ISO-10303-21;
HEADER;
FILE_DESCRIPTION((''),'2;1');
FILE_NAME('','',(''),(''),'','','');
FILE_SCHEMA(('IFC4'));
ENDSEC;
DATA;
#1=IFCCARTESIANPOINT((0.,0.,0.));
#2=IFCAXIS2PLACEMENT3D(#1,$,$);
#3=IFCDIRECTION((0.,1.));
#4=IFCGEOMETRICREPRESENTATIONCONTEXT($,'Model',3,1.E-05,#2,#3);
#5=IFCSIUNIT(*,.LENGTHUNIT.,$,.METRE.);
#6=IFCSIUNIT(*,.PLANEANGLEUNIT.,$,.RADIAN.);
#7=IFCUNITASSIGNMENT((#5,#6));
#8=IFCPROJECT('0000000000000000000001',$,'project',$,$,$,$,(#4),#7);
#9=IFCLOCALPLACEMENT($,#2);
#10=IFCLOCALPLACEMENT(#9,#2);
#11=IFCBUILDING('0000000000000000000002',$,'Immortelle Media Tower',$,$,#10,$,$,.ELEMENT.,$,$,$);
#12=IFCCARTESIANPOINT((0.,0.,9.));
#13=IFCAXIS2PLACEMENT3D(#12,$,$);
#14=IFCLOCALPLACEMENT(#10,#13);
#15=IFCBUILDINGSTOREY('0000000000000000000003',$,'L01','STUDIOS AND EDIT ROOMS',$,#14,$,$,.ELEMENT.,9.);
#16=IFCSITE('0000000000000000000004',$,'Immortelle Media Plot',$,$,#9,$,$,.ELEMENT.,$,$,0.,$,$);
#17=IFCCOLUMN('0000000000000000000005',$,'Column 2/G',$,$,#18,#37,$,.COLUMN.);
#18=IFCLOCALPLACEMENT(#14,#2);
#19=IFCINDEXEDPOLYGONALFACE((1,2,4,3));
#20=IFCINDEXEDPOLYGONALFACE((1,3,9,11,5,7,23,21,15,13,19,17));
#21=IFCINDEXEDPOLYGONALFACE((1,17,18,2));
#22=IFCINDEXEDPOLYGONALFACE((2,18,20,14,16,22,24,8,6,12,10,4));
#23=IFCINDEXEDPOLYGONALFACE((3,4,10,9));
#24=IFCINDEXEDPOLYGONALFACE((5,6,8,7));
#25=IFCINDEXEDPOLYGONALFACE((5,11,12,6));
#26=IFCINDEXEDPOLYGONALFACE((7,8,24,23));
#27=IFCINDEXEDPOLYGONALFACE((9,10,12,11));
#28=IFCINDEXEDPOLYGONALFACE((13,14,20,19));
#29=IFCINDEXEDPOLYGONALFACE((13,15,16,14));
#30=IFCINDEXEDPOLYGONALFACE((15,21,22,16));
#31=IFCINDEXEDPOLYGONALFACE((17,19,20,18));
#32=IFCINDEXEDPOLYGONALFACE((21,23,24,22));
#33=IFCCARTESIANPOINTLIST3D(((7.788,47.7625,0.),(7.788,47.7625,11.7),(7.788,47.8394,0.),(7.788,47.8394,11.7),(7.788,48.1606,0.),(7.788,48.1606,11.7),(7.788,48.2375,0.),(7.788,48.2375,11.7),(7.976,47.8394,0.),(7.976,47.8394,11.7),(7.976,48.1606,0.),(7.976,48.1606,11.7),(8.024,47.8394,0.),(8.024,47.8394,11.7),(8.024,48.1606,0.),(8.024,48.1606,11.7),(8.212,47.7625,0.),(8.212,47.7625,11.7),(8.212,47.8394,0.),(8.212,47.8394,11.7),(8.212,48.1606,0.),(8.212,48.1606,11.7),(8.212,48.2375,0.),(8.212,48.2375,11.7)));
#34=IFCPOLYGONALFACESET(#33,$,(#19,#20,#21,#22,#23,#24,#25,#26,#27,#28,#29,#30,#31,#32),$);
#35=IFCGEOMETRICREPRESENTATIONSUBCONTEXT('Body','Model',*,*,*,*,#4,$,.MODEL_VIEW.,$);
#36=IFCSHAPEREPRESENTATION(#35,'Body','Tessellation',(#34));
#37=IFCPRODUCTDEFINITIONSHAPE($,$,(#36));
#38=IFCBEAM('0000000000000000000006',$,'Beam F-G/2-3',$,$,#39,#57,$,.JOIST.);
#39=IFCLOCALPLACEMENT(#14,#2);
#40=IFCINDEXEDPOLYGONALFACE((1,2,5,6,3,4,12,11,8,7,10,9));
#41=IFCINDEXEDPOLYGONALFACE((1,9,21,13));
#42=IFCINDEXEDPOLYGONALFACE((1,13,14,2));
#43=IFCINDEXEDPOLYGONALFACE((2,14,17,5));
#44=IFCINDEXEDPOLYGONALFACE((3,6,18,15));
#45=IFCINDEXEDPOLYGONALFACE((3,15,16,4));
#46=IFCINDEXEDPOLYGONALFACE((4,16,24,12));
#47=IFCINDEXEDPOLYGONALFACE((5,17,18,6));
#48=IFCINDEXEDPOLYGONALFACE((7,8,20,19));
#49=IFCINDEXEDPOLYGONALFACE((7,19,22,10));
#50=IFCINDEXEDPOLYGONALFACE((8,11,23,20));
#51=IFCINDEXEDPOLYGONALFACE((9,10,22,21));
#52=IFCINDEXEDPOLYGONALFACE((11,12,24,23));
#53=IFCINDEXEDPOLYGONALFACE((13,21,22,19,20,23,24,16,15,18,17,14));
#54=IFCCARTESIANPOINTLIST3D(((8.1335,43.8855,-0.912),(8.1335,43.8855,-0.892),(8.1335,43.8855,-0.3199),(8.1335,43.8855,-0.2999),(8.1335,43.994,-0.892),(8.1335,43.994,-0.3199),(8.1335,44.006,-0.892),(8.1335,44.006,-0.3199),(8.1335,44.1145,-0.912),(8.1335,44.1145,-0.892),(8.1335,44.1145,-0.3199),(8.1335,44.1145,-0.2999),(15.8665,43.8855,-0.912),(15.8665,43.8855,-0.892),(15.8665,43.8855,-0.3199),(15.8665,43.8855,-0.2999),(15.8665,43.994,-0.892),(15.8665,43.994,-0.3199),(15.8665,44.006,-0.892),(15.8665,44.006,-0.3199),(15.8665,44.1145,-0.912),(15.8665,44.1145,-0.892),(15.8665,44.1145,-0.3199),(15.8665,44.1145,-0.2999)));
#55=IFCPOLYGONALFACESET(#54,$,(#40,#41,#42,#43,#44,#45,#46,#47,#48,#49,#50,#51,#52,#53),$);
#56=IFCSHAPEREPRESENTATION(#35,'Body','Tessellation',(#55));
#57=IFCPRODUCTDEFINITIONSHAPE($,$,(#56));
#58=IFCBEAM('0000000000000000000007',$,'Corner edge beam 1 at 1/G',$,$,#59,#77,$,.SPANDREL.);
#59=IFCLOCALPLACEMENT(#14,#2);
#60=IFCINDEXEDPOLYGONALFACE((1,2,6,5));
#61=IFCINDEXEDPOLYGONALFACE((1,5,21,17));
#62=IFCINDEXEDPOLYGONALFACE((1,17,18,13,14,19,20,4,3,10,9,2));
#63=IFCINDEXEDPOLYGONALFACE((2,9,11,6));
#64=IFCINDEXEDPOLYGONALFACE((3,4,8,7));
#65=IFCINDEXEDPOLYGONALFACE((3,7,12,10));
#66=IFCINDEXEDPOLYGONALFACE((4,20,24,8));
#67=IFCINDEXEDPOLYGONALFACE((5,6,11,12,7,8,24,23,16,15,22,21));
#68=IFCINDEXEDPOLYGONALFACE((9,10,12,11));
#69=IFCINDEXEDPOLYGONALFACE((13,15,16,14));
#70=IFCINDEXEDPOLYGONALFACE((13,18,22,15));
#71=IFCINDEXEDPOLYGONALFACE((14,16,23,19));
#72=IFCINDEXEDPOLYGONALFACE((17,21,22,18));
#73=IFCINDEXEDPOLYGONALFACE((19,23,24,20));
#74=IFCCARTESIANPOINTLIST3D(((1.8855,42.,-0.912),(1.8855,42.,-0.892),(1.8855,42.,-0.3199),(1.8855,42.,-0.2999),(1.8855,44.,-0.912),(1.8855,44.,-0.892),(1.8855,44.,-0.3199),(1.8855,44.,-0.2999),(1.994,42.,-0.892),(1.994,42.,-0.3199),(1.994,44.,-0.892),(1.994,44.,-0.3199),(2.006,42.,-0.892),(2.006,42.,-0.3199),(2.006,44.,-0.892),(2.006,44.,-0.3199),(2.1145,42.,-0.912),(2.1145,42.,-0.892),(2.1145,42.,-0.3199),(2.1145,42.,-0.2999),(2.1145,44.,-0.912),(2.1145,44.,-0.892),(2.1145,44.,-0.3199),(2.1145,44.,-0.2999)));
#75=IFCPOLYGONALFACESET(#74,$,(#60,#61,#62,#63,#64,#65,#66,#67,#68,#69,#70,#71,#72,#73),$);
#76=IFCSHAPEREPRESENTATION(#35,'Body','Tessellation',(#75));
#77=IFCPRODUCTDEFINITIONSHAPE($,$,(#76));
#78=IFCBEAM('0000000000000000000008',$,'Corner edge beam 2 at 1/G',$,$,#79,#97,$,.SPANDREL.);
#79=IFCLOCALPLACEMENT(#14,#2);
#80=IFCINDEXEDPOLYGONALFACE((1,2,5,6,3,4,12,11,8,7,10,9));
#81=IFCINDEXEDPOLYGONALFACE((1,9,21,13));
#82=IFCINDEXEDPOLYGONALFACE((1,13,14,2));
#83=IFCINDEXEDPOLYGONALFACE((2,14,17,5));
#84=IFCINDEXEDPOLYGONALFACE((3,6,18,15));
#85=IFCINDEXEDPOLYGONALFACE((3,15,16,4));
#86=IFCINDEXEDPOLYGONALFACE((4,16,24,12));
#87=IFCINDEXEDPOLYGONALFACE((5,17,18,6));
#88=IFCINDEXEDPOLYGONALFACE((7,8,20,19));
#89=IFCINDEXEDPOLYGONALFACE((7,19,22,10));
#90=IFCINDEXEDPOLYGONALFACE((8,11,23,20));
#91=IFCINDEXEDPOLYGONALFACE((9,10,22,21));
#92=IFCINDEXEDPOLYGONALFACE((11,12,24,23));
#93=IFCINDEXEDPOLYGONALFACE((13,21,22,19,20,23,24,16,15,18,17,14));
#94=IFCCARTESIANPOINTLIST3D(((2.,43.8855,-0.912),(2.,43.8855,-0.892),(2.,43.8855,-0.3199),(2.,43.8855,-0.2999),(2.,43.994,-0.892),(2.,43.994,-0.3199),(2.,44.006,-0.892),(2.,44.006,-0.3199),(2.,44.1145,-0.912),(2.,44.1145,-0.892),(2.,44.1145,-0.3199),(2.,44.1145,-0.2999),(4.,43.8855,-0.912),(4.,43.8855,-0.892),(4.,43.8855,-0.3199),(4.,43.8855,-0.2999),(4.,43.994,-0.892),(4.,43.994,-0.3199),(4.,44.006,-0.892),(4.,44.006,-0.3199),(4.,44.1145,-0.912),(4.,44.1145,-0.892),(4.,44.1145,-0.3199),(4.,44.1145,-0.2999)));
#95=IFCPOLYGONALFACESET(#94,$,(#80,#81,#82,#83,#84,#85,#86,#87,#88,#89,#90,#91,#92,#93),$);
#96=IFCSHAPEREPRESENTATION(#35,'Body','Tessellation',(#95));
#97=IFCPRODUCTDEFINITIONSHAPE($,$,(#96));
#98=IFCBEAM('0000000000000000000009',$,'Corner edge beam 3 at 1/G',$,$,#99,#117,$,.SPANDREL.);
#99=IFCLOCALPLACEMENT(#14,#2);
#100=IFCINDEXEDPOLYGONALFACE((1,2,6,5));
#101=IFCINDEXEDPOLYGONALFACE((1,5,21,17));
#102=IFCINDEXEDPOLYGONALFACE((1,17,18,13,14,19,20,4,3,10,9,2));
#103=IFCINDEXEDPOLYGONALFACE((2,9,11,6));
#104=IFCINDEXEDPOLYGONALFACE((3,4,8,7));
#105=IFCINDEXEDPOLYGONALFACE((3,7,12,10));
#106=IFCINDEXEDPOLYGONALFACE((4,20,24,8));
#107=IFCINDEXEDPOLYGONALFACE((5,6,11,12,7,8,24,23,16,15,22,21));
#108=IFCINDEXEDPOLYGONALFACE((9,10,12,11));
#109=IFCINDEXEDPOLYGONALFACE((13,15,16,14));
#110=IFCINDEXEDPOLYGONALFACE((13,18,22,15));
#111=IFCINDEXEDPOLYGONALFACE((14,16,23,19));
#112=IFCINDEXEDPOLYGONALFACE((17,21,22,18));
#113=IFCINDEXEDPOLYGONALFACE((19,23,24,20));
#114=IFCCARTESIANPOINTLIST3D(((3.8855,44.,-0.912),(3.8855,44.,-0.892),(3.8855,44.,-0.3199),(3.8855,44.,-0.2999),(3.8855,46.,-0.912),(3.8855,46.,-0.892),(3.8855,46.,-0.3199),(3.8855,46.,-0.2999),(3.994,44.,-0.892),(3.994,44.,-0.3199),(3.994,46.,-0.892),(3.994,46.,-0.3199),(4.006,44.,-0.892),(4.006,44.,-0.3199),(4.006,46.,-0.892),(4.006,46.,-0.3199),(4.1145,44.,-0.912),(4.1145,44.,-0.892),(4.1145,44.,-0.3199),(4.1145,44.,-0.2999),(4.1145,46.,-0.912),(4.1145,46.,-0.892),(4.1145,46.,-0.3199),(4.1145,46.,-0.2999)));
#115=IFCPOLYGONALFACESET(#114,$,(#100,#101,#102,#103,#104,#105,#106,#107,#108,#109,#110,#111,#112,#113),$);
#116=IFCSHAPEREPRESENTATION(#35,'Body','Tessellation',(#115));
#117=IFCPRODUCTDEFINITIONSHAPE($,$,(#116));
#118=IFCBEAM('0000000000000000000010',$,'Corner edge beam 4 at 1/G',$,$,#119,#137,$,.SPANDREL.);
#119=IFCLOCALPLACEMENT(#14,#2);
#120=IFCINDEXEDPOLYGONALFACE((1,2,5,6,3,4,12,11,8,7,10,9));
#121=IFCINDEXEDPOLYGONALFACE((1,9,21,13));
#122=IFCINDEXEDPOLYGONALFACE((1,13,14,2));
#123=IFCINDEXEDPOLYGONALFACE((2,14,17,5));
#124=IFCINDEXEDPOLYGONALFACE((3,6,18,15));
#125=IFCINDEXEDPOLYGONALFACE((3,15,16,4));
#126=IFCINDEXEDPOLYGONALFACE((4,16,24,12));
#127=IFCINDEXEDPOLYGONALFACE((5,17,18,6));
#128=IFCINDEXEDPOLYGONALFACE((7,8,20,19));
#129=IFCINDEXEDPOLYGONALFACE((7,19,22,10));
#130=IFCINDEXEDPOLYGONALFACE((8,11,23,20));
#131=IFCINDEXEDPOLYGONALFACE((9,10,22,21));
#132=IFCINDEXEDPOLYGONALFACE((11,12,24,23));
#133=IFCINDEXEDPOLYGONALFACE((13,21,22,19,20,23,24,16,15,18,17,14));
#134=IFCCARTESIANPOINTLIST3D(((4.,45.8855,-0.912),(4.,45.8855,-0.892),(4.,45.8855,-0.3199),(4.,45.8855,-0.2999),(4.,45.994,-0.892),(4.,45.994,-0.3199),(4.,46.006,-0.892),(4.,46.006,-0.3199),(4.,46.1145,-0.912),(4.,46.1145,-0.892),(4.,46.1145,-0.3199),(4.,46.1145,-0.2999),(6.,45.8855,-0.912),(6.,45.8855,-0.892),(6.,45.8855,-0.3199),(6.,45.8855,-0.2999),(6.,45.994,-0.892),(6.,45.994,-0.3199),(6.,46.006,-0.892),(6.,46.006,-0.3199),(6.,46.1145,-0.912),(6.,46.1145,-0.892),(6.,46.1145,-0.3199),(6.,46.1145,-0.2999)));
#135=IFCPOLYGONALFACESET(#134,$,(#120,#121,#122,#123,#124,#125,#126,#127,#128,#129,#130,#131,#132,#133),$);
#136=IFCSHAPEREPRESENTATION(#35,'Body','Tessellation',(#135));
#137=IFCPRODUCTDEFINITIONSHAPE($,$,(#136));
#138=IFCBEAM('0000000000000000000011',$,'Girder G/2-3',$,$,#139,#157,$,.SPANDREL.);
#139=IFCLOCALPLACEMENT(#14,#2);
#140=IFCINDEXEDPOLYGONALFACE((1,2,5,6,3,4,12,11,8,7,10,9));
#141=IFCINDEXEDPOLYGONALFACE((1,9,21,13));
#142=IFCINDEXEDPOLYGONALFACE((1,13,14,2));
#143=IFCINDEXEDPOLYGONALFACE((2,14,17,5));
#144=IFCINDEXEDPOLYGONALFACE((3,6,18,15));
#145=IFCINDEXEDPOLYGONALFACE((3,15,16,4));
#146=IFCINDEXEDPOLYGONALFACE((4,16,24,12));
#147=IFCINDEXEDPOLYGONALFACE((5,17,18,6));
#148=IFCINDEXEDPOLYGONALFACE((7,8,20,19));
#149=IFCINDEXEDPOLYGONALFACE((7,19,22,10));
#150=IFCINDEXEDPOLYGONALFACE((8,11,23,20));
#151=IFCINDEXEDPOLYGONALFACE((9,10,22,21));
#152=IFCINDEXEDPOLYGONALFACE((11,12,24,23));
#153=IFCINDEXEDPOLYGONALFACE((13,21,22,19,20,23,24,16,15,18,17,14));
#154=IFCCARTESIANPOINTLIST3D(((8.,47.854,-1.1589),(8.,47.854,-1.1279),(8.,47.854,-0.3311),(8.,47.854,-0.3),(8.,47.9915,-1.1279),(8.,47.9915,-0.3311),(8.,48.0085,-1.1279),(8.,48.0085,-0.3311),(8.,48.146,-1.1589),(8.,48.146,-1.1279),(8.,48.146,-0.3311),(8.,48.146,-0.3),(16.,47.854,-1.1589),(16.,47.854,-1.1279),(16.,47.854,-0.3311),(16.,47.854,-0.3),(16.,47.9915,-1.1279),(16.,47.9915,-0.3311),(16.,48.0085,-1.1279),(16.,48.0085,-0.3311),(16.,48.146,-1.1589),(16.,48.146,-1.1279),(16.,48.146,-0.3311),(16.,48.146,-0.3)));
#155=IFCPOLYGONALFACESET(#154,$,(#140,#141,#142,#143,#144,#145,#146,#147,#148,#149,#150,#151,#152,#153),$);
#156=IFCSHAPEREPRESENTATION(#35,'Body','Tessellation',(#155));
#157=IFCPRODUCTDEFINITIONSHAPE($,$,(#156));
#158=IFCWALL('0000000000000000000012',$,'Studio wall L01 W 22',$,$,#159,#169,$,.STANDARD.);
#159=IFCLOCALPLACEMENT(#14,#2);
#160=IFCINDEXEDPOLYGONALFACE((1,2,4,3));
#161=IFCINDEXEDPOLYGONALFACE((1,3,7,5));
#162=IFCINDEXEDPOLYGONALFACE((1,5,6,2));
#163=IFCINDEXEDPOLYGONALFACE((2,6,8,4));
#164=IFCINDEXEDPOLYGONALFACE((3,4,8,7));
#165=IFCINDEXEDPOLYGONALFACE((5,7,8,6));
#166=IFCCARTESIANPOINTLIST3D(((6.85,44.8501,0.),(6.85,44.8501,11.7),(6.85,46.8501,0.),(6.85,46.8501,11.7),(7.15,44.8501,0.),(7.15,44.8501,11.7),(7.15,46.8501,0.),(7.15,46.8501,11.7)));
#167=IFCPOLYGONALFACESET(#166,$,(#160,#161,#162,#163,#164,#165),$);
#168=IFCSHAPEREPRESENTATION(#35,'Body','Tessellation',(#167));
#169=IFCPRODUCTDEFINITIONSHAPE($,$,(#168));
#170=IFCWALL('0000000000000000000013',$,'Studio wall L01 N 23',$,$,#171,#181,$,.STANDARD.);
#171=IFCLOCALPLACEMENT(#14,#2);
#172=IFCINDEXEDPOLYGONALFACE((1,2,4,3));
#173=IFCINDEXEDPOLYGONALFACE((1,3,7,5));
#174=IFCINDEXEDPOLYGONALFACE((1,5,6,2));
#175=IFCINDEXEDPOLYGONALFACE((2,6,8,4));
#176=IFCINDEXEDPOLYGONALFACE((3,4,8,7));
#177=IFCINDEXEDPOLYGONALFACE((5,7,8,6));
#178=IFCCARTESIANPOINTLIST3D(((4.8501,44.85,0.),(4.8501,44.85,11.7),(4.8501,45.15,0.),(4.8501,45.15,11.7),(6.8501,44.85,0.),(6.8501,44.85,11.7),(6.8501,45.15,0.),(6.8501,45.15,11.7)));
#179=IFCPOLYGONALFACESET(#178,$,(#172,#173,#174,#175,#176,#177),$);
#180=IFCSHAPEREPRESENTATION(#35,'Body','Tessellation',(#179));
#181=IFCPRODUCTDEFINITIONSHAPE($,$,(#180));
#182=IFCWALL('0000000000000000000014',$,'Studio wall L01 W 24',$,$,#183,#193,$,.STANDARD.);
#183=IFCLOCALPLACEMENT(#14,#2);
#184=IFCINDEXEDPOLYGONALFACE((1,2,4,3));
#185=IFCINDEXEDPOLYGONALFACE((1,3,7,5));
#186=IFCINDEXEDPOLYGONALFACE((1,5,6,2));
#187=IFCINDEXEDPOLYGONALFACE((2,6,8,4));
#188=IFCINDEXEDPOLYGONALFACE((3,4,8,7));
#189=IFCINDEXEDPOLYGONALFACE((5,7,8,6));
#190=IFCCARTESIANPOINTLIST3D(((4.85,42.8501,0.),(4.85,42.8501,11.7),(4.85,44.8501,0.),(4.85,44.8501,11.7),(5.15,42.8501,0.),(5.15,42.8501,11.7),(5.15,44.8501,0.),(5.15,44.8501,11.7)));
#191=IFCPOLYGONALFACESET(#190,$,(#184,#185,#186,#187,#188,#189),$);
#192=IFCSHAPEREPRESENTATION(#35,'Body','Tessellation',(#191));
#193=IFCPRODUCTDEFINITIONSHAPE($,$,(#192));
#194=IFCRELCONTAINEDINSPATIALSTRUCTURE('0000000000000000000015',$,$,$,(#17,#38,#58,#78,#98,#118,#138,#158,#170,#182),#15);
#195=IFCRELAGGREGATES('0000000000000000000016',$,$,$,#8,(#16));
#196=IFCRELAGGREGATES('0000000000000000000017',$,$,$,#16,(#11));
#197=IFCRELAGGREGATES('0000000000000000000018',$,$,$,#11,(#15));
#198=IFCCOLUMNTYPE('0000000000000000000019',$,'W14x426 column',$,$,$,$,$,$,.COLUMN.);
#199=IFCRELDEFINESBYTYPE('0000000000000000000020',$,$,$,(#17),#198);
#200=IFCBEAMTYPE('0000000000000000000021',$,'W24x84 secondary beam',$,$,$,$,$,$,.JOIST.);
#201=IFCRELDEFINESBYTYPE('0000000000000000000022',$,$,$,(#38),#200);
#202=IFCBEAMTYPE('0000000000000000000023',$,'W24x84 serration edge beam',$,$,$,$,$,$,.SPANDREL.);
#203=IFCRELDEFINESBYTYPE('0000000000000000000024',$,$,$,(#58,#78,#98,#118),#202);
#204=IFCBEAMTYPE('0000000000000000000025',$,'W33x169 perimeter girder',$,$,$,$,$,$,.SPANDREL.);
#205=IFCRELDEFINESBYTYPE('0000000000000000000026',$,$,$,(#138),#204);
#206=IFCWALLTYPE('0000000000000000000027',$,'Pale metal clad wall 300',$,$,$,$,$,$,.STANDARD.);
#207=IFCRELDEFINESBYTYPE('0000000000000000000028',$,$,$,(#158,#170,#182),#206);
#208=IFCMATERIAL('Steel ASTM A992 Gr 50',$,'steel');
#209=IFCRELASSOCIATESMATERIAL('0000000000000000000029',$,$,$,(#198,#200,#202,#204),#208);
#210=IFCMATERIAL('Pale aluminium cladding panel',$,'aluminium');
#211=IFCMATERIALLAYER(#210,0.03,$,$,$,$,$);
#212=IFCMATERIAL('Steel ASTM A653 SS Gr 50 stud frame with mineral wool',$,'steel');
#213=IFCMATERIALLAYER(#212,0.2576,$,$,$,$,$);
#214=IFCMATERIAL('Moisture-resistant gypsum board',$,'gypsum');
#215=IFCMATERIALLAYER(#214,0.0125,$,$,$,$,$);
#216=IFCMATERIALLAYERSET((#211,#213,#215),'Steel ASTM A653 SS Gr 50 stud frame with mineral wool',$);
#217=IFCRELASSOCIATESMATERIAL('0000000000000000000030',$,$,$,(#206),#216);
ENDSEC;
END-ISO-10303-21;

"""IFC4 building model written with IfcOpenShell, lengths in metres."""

from ifc_helpers import new_model, si_unit, direction, frame, frame_2d, origin, origin_2d, place, context, subcontext, project, spatial, rectangle, i_section, extrude, material, layer, layer_set, material_profile, profile_set, type_object, element, save


model = new_model("IFC4")

# Units and contexts
model_context = context("Model", 3, precision=1e-05, world=origin(), true_north=direction((0.0, 1.0)))
body_context = subcontext(model_context, "Body", "Model", "MODEL_VIEW")
ifc_project = project(units=[si_unit("LENGTHUNIT", "METRE"), si_unit("PLANEANGLEUNIT", "RADIAN")], contexts=[model_context])

# Site, building, storey
site_placement = place(None, origin())
site = spatial("IfcSite", under=ifc_project, at=site_placement, Name="Immortelle Media Plot", CompositionType="ELEMENT", RefElevation=0.0)
building_placement = place(site_placement, origin())
building = spatial("IfcBuilding", under=site, at=building_placement, Name="Immortelle Media Tower", CompositionType="ELEMENT")
storey_placement = place(building_placement, frame((0.0, 0.0, 9.0)))
storey = spatial("IfcBuildingStorey", under=building, at=storey_placement, Name="L01", Description="STUDIOS AND EDIT ROOMS", CompositionType="ELEMENT", Elevation=9.0)

# Column
ifc_material_1 = material(Name="Steel ASTM A992 Gr 50", Category="steel")
ifc_material_profile_1 = material_profile(ifc_material_1, i_section(OverallWidth=0.4241, OverallDepth=0.4751, WebThickness=0.0481, FlangeThickness=0.0769, at=origin_2d()), Name="W14x426")
ifc_profile_set_1 = profile_set([ifc_material_profile_1], Name="Steel ASTM A992 Gr 50")
column_type = type_object("IfcColumnType", Name="W14x426 column", PredefinedType="COLUMN", material=ifc_profile_set_1)
column_placement = place(storey_placement, frame((8.0, 48.0, 0.0), z_axis=(0.0, 0.0, 1.0), x_axis=(1.0, 0.0, 0.0)))
element("IfcColumn", 1, at=column_placement, inside=storey, type_object=column_type, Name="Column 2/G", PredefinedType="COLUMN", context=body_context, shape_type="SweptSolid", body=[
    extrude(i_section(OverallWidth=0.4241, OverallDepth=0.4751, WebThickness=0.0481, FlangeThickness=0.0769, at=origin_2d()), origin(), (0.0, 0.0, 1.0), 11.7),
])

# Beams
ifc_material_profile_2 = material_profile(ifc_material_1, i_section(OverallWidth=0.229, OverallDepth=0.6121, WebThickness=0.012, FlangeThickness=0.02, at=origin_2d()), Name="W24x84")
ifc_profile_set_2 = profile_set([ifc_material_profile_2], Name="Steel ASTM A992 Gr 50")
beam_type_1 = type_object("IfcBeamType", Name="W24x84 secondary beam", PredefinedType="JOIST", material=ifc_profile_set_2)
beam_1_placement = place(storey_placement, frame((8.1335, 44.0, -0.606), z_axis=(1.0, 0.0, 0.0), x_axis=(0.0, 1.0, 0.0)))
element("IfcBeam", 2, at=beam_1_placement, inside=storey, type_object=beam_type_1, Name="Beam F-G/2-3", PredefinedType="JOIST", context=body_context, shape_type="SweptSolid", body=[
    extrude(i_section(OverallWidth=0.229, OverallDepth=0.6121, WebThickness=0.012, FlangeThickness=0.02, at=origin_2d()), origin(), (0.0, 0.0, 1.0), 7.7329),
])
ifc_material_profile_3 = material_profile(ifc_material_1, i_section(OverallWidth=0.229, OverallDepth=0.6121, WebThickness=0.012, FlangeThickness=0.02, at=origin_2d()), Name="W24x84")
ifc_profile_set_3 = profile_set([ifc_material_profile_3], Name="Steel ASTM A992 Gr 50")
beam_type_2 = type_object("IfcBeamType", Name="W24x84 serration edge beam", PredefinedType="SPANDREL", material=ifc_profile_set_3)
for number, where, z_axis, x_axis, name in (
    (3, (2.0, 42.0, -0.606), (0.0, 1.0, 0.0), (-1.0, 0.0, 0.0), "Corner edge beam 1 at 1/G"),
    (4, (2.0, 44.0, -0.606), (1.0, 0.0, 0.0), (0.0, 1.0, 0.0), "Corner edge beam 2 at 1/G"),
    (5, (4.0, 44.0, -0.606), (0.0, 1.0, 0.0), (-1.0, 0.0, 0.0), "Corner edge beam 3 at 1/G"),
    (6, (4.0, 46.0, -0.606), (1.0, 0.0, 0.0), (0.0, 1.0, 0.0), "Corner edge beam 4 at 1/G"),
):
    element("IfcBeam", number, at=place(storey_placement, frame(where, z_axis=z_axis, x_axis=x_axis)), inside=storey, type_object=beam_type_2, Name=name, PredefinedType="SPANDREL", context=body_context, shape_type="SweptSolid", body=[
        extrude(i_section(OverallWidth=0.229, OverallDepth=0.6121, WebThickness=0.012, FlangeThickness=0.02, at=origin_2d()), origin(), (0.0, 0.0, 1.0), 2.0),
    ])
ifc_material_profile_4 = material_profile(ifc_material_1, i_section(OverallWidth=0.292, OverallDepth=0.8589, WebThickness=0.0171, FlangeThickness=0.031, at=origin_2d()), Name="W33x169")
ifc_profile_set_4 = profile_set([ifc_material_profile_4], Name="Steel ASTM A992 Gr 50")
beam_type_3 = type_object("IfcBeamType", Name="W33x169 perimeter girder", PredefinedType="SPANDREL", material=ifc_profile_set_4)
beam_2_placement = place(storey_placement, frame((8.0, 48.0, -0.7295), z_axis=(1.0, 0.0, 0.0), x_axis=(0.0, 1.0, 0.0)))
element("IfcBeam", 7, at=beam_2_placement, inside=storey, type_object=beam_type_3, Name="Girder G/2-3", PredefinedType="SPANDREL", context=body_context, shape_type="SweptSolid", body=[
    extrude(i_section(OverallWidth=0.292, OverallDepth=0.8589, WebThickness=0.0171, FlangeThickness=0.031, at=origin_2d()), origin(), (0.0, 0.0, 1.0), 8.0),
])

# Walls
ifc_material_2 = material(Name="Pale aluminium cladding panel", Category="aluminium")
ifc_layer_1 = layer(ifc_material_2, 0.03)
ifc_material_3 = material(Name="Steel ASTM A653 SS Gr 50 stud frame with mineral wool", Category="steel")
ifc_layer_2 = layer(ifc_material_3, 0.2576)
ifc_material_4 = material(Name="Moisture-resistant gypsum board", Category="gypsum")
ifc_layer_3 = layer(ifc_material_4, 0.0125)
ifc_layer_set = layer_set([ifc_layer_1, ifc_layer_2, ifc_layer_3], Name="Steel ASTM A653 SS Gr 50 stud frame with mineral wool")
wall_type = type_object("IfcWallType", Name="Pale metal clad wall 300", PredefinedType="STANDARD", material=ifc_layer_set)
for number, where, z_axis, x_axis, name in (
    (8, (7.0, 46.8501, 0.0), (0.0, 0.0, 1.0), (0.0, -1.0, 0.0), "Studio wall L01 W 22"),
    (9, (6.8501, 45.0, 0.0), (0.0, 0.0, 1.0), (-1.0, 0.0, 0.0), "Studio wall L01 N 23"),
    (10, (5.0, 44.8501, 0.0), (0.0, 0.0, 1.0), (0.0, -1.0, 0.0), "Studio wall L01 W 24"),
):
    element("IfcWall", number, at=place(storey_placement, frame(where, z_axis=z_axis, x_axis=x_axis)), inside=storey, type_object=wall_type, Name=name, PredefinedType="STANDARD", context=body_context, shape_type="SweptSolid", body=[
        extrude(rectangle(XDim=2.0, YDim=0.3, at=frame_2d((1.0, 0.0))), origin(), (0.0, 0.0, 1.0), 11.7),
    ])

save(model, "model.ifc")
